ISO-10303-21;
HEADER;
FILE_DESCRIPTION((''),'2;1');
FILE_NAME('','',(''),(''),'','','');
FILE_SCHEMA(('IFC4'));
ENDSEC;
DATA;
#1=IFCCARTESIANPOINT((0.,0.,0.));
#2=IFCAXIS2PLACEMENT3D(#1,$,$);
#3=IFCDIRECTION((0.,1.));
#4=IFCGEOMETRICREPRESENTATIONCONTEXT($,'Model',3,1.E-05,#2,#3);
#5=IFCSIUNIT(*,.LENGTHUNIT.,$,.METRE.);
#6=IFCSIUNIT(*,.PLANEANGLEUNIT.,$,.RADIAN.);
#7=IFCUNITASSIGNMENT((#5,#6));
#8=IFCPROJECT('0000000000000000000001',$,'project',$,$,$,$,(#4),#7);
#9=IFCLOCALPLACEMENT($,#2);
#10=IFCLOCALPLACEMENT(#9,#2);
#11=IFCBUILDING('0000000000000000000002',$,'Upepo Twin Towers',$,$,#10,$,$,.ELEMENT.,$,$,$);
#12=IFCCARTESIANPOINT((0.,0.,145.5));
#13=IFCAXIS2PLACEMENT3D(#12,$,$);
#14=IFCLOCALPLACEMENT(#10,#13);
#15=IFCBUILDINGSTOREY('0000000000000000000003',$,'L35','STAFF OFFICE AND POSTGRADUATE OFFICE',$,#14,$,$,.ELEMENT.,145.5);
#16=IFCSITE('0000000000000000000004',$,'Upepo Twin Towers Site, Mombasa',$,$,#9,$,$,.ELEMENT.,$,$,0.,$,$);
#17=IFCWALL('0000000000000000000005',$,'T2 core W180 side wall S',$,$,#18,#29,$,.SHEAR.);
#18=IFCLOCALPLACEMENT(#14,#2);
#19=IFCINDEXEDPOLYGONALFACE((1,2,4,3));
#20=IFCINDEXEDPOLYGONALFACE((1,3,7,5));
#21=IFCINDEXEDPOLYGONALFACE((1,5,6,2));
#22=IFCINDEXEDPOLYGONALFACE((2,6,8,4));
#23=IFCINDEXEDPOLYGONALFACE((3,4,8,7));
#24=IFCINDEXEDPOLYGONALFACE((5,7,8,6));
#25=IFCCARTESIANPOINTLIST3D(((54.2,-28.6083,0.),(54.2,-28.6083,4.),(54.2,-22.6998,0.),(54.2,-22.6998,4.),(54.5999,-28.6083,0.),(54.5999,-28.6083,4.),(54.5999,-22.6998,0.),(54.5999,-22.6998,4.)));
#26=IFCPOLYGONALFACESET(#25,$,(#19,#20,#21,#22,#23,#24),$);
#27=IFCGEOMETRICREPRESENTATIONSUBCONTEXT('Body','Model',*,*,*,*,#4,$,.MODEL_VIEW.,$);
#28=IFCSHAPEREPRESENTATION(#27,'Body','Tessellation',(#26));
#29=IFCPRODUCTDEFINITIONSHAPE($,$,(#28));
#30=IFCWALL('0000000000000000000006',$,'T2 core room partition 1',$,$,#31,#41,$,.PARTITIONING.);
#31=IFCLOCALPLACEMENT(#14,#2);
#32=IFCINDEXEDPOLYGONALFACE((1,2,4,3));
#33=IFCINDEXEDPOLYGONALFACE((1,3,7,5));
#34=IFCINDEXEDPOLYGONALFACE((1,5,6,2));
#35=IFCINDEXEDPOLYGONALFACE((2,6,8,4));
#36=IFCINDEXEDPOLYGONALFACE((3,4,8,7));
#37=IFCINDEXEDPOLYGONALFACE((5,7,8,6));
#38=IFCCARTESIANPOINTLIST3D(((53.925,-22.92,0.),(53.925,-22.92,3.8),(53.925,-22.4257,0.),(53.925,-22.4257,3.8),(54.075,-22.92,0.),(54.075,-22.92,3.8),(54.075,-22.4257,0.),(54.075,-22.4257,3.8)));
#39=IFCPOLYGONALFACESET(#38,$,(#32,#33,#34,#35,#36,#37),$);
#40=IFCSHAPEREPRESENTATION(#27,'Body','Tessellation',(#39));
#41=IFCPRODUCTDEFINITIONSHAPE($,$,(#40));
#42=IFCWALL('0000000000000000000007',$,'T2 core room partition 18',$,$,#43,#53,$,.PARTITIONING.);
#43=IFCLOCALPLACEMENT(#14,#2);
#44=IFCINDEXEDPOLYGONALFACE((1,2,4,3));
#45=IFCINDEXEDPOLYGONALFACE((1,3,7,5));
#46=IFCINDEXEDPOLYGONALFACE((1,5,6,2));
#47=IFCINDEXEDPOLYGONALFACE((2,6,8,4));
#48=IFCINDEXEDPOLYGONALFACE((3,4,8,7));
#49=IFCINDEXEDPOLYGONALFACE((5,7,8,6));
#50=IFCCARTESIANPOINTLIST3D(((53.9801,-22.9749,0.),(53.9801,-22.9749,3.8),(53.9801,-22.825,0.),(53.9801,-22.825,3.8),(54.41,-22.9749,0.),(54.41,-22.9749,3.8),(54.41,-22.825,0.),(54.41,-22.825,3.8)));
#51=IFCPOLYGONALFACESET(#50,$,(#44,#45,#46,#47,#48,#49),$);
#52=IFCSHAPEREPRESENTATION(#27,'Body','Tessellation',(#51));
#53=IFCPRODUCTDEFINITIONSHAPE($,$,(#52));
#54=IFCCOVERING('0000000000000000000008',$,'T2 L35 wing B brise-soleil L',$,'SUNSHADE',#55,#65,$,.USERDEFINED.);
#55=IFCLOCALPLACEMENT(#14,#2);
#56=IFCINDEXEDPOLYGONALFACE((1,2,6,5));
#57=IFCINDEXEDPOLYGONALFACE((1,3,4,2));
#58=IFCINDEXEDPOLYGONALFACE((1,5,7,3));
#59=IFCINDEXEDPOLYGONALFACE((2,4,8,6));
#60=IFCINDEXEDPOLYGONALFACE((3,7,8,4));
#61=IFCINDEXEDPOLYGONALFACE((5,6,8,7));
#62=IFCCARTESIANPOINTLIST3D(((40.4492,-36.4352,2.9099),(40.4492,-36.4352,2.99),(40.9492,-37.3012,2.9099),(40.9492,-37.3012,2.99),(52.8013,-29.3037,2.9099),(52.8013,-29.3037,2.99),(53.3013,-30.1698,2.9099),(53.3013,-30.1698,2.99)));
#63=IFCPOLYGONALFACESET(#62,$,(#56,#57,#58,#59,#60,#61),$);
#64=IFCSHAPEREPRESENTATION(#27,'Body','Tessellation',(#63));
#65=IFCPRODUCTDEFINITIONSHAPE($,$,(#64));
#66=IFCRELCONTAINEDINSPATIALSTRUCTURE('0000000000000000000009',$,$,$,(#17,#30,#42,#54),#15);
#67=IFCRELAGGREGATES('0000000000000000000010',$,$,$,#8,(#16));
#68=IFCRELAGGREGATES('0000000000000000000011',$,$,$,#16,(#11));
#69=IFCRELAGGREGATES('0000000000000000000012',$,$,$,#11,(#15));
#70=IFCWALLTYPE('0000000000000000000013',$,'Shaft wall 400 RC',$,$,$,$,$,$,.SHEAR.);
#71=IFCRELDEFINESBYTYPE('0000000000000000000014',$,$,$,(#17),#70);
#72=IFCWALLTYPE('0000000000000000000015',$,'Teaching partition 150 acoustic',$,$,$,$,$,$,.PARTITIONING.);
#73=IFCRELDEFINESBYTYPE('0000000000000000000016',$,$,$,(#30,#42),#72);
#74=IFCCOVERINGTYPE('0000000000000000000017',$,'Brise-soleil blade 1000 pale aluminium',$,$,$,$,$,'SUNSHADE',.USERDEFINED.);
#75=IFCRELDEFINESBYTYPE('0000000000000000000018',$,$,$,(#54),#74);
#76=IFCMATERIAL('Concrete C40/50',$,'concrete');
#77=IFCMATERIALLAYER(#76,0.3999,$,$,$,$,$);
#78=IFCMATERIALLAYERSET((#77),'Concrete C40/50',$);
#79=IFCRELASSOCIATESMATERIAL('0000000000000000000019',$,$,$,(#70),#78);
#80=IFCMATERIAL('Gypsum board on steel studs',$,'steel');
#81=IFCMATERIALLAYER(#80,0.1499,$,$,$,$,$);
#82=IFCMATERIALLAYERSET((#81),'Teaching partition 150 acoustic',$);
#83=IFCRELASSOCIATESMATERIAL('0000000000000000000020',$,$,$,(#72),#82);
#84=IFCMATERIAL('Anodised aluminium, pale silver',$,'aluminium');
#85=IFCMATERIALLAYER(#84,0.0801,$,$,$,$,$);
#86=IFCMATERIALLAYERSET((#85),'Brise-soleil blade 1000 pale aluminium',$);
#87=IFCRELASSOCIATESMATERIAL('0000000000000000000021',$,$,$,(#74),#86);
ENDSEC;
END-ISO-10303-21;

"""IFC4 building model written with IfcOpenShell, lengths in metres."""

from ifc_helpers import new_model, si_unit, direction, frame, frame_2d, origin, origin_2d, place, context, subcontext, project, spatial, rectangle, extrude, material, layer, layer_set, type_object, element, save


model = new_model("IFC4")

# Units and contexts
model_context = context("Model", 3, precision=1e-05, world=origin(), true_north=direction((0.0, 1.0)))
body_context = subcontext(model_context, "Body", "Model", "MODEL_VIEW")
ifc_project = project(units=[si_unit("LENGTHUNIT", "METRE"), si_unit("PLANEANGLEUNIT", "RADIAN")], contexts=[model_context])

# Site, building, storey
site_placement = place(None, origin())
site = spatial("IfcSite", under=ifc_project, at=site_placement, Name="Upepo Twin Towers Site, Mombasa", CompositionType="ELEMENT", RefElevation=0.0)
building_placement = place(site_placement, origin())
building = spatial("IfcBuilding", under=site, at=building_placement, Name="Upepo Twin Towers", CompositionType="ELEMENT")
storey_placement = place(building_placement, frame((0.0, 0.0, 145.5)))
storey = spatial("IfcBuildingStorey", under=building, at=storey_placement, Name="L35", Description="STAFF OFFICE AND POSTGRADUATE OFFICE", CompositionType="ELEMENT", Elevation=145.5)

# Walls
ifc_material_1 = material(Name="Concrete C40/50", Category="concrete")
ifc_layer_1 = layer(ifc_material_1, 0.3999)
ifc_layer_set_1 = layer_set([ifc_layer_1], Name="Concrete C40/50")
wall_type_1 = type_object("IfcWallType", Name="Shaft wall 400 RC", PredefinedType="SHEAR", material=ifc_layer_set_1)
wall_1_placement = place(storey_placement, frame((54.3999, -22.7, 0.0), z_axis=(0.0, 0.0, 1.0), x_axis=(0.0, -1.0, 0.0)))
element("IfcWall", 1, at=wall_1_placement, inside=storey, type_object=wall_type_1, Name="T2 core W180 side wall S", PredefinedType="SHEAR", context=body_context, shape_type="SweptSolid", body=[
    extrude(rectangle(XDim=5.9084, YDim=0.3999, at=frame_2d((2.9541, 0.0))), origin(), (0.0, 0.0, 1.0), 4.0),
])
ifc_material_2 = material(Name="Gypsum board on steel studs", Category="steel")
ifc_layer_2 = layer(ifc_material_2, 0.1499)
ifc_layer_set_2 = layer_set([ifc_layer_2], Name="Teaching partition 150 acoustic")
wall_type_2 = type_object("IfcWallType", Name="Teaching partition 150 acoustic", PredefinedType="PARTITIONING", material=ifc_layer_set_2)
wall_2_placement = place(storey_placement, frame((54.0, -22.9199, 0.0), z_axis=(0.0, 0.0, 1.0), x_axis=(0.0, 1.0, 0.0)))
element("IfcWall", 2, at=wall_2_placement, inside=storey, type_object=wall_type_2, Name="T2 core room partition 1", PredefinedType="PARTITIONING", context=body_context, shape_type="SweptSolid", body=[
    extrude(rectangle(XDim=0.4944, YDim=0.1499, at=frame_2d((0.2471, 0.0))), origin(), (0.0, 0.0, 1.0), 3.8),
])
wall_3_placement = place(storey_placement, frame((54.4099, -22.8999, 0.0), z_axis=(0.0, 0.0, 1.0), x_axis=(-1.0, 0.0, 0.0)))
element("IfcWall", 3, at=wall_3_placement, inside=storey, type_object=wall_type_2, Name="T2 core room partition 18", PredefinedType="PARTITIONING", context=body_context, shape_type="SweptSolid", body=[
    extrude(rectangle(XDim=0.4299, YDim=0.1499, at=frame_2d((0.2148, 0.0))), origin(), (0.0, 0.0, 1.0), 3.8),
])

# Covering
ifc_material_3 = material(Name="Anodised aluminium, pale silver", Category="aluminium")
ifc_layer_3 = layer(ifc_material_3, 0.0801)
ifc_layer_set_3 = layer_set([ifc_layer_3], Name="Brise-soleil blade 1000 pale aluminium")
covering_type = type_object("IfcCoveringType", Name="Brise-soleil blade 1000 pale aluminium", ElementType="SUNSHADE", PredefinedType="USERDEFINED", material=ifc_layer_set_3)
covering_placement = place(storey_placement, frame((46.8752, -33.3025, 2.9099), z_axis=(0.0, 0.0, 1.0), x_axis=(-0.866025, -0.5, 0.0)))
element("IfcCovering", 4, at=covering_placement, inside=storey, type_object=covering_type, Name="T2 L35 wing B brise-soleil L", ObjectType="SUNSHADE", PredefinedType="USERDEFINED", context=body_context, shape_type="SweptSolid", body=[
    extrude(rectangle(XDim=14.2629, YDim=1.0, at=origin_2d()), origin(), (0.0, 0.0, 1.0), 0.0801),
])

save(model, "model.ifc")
